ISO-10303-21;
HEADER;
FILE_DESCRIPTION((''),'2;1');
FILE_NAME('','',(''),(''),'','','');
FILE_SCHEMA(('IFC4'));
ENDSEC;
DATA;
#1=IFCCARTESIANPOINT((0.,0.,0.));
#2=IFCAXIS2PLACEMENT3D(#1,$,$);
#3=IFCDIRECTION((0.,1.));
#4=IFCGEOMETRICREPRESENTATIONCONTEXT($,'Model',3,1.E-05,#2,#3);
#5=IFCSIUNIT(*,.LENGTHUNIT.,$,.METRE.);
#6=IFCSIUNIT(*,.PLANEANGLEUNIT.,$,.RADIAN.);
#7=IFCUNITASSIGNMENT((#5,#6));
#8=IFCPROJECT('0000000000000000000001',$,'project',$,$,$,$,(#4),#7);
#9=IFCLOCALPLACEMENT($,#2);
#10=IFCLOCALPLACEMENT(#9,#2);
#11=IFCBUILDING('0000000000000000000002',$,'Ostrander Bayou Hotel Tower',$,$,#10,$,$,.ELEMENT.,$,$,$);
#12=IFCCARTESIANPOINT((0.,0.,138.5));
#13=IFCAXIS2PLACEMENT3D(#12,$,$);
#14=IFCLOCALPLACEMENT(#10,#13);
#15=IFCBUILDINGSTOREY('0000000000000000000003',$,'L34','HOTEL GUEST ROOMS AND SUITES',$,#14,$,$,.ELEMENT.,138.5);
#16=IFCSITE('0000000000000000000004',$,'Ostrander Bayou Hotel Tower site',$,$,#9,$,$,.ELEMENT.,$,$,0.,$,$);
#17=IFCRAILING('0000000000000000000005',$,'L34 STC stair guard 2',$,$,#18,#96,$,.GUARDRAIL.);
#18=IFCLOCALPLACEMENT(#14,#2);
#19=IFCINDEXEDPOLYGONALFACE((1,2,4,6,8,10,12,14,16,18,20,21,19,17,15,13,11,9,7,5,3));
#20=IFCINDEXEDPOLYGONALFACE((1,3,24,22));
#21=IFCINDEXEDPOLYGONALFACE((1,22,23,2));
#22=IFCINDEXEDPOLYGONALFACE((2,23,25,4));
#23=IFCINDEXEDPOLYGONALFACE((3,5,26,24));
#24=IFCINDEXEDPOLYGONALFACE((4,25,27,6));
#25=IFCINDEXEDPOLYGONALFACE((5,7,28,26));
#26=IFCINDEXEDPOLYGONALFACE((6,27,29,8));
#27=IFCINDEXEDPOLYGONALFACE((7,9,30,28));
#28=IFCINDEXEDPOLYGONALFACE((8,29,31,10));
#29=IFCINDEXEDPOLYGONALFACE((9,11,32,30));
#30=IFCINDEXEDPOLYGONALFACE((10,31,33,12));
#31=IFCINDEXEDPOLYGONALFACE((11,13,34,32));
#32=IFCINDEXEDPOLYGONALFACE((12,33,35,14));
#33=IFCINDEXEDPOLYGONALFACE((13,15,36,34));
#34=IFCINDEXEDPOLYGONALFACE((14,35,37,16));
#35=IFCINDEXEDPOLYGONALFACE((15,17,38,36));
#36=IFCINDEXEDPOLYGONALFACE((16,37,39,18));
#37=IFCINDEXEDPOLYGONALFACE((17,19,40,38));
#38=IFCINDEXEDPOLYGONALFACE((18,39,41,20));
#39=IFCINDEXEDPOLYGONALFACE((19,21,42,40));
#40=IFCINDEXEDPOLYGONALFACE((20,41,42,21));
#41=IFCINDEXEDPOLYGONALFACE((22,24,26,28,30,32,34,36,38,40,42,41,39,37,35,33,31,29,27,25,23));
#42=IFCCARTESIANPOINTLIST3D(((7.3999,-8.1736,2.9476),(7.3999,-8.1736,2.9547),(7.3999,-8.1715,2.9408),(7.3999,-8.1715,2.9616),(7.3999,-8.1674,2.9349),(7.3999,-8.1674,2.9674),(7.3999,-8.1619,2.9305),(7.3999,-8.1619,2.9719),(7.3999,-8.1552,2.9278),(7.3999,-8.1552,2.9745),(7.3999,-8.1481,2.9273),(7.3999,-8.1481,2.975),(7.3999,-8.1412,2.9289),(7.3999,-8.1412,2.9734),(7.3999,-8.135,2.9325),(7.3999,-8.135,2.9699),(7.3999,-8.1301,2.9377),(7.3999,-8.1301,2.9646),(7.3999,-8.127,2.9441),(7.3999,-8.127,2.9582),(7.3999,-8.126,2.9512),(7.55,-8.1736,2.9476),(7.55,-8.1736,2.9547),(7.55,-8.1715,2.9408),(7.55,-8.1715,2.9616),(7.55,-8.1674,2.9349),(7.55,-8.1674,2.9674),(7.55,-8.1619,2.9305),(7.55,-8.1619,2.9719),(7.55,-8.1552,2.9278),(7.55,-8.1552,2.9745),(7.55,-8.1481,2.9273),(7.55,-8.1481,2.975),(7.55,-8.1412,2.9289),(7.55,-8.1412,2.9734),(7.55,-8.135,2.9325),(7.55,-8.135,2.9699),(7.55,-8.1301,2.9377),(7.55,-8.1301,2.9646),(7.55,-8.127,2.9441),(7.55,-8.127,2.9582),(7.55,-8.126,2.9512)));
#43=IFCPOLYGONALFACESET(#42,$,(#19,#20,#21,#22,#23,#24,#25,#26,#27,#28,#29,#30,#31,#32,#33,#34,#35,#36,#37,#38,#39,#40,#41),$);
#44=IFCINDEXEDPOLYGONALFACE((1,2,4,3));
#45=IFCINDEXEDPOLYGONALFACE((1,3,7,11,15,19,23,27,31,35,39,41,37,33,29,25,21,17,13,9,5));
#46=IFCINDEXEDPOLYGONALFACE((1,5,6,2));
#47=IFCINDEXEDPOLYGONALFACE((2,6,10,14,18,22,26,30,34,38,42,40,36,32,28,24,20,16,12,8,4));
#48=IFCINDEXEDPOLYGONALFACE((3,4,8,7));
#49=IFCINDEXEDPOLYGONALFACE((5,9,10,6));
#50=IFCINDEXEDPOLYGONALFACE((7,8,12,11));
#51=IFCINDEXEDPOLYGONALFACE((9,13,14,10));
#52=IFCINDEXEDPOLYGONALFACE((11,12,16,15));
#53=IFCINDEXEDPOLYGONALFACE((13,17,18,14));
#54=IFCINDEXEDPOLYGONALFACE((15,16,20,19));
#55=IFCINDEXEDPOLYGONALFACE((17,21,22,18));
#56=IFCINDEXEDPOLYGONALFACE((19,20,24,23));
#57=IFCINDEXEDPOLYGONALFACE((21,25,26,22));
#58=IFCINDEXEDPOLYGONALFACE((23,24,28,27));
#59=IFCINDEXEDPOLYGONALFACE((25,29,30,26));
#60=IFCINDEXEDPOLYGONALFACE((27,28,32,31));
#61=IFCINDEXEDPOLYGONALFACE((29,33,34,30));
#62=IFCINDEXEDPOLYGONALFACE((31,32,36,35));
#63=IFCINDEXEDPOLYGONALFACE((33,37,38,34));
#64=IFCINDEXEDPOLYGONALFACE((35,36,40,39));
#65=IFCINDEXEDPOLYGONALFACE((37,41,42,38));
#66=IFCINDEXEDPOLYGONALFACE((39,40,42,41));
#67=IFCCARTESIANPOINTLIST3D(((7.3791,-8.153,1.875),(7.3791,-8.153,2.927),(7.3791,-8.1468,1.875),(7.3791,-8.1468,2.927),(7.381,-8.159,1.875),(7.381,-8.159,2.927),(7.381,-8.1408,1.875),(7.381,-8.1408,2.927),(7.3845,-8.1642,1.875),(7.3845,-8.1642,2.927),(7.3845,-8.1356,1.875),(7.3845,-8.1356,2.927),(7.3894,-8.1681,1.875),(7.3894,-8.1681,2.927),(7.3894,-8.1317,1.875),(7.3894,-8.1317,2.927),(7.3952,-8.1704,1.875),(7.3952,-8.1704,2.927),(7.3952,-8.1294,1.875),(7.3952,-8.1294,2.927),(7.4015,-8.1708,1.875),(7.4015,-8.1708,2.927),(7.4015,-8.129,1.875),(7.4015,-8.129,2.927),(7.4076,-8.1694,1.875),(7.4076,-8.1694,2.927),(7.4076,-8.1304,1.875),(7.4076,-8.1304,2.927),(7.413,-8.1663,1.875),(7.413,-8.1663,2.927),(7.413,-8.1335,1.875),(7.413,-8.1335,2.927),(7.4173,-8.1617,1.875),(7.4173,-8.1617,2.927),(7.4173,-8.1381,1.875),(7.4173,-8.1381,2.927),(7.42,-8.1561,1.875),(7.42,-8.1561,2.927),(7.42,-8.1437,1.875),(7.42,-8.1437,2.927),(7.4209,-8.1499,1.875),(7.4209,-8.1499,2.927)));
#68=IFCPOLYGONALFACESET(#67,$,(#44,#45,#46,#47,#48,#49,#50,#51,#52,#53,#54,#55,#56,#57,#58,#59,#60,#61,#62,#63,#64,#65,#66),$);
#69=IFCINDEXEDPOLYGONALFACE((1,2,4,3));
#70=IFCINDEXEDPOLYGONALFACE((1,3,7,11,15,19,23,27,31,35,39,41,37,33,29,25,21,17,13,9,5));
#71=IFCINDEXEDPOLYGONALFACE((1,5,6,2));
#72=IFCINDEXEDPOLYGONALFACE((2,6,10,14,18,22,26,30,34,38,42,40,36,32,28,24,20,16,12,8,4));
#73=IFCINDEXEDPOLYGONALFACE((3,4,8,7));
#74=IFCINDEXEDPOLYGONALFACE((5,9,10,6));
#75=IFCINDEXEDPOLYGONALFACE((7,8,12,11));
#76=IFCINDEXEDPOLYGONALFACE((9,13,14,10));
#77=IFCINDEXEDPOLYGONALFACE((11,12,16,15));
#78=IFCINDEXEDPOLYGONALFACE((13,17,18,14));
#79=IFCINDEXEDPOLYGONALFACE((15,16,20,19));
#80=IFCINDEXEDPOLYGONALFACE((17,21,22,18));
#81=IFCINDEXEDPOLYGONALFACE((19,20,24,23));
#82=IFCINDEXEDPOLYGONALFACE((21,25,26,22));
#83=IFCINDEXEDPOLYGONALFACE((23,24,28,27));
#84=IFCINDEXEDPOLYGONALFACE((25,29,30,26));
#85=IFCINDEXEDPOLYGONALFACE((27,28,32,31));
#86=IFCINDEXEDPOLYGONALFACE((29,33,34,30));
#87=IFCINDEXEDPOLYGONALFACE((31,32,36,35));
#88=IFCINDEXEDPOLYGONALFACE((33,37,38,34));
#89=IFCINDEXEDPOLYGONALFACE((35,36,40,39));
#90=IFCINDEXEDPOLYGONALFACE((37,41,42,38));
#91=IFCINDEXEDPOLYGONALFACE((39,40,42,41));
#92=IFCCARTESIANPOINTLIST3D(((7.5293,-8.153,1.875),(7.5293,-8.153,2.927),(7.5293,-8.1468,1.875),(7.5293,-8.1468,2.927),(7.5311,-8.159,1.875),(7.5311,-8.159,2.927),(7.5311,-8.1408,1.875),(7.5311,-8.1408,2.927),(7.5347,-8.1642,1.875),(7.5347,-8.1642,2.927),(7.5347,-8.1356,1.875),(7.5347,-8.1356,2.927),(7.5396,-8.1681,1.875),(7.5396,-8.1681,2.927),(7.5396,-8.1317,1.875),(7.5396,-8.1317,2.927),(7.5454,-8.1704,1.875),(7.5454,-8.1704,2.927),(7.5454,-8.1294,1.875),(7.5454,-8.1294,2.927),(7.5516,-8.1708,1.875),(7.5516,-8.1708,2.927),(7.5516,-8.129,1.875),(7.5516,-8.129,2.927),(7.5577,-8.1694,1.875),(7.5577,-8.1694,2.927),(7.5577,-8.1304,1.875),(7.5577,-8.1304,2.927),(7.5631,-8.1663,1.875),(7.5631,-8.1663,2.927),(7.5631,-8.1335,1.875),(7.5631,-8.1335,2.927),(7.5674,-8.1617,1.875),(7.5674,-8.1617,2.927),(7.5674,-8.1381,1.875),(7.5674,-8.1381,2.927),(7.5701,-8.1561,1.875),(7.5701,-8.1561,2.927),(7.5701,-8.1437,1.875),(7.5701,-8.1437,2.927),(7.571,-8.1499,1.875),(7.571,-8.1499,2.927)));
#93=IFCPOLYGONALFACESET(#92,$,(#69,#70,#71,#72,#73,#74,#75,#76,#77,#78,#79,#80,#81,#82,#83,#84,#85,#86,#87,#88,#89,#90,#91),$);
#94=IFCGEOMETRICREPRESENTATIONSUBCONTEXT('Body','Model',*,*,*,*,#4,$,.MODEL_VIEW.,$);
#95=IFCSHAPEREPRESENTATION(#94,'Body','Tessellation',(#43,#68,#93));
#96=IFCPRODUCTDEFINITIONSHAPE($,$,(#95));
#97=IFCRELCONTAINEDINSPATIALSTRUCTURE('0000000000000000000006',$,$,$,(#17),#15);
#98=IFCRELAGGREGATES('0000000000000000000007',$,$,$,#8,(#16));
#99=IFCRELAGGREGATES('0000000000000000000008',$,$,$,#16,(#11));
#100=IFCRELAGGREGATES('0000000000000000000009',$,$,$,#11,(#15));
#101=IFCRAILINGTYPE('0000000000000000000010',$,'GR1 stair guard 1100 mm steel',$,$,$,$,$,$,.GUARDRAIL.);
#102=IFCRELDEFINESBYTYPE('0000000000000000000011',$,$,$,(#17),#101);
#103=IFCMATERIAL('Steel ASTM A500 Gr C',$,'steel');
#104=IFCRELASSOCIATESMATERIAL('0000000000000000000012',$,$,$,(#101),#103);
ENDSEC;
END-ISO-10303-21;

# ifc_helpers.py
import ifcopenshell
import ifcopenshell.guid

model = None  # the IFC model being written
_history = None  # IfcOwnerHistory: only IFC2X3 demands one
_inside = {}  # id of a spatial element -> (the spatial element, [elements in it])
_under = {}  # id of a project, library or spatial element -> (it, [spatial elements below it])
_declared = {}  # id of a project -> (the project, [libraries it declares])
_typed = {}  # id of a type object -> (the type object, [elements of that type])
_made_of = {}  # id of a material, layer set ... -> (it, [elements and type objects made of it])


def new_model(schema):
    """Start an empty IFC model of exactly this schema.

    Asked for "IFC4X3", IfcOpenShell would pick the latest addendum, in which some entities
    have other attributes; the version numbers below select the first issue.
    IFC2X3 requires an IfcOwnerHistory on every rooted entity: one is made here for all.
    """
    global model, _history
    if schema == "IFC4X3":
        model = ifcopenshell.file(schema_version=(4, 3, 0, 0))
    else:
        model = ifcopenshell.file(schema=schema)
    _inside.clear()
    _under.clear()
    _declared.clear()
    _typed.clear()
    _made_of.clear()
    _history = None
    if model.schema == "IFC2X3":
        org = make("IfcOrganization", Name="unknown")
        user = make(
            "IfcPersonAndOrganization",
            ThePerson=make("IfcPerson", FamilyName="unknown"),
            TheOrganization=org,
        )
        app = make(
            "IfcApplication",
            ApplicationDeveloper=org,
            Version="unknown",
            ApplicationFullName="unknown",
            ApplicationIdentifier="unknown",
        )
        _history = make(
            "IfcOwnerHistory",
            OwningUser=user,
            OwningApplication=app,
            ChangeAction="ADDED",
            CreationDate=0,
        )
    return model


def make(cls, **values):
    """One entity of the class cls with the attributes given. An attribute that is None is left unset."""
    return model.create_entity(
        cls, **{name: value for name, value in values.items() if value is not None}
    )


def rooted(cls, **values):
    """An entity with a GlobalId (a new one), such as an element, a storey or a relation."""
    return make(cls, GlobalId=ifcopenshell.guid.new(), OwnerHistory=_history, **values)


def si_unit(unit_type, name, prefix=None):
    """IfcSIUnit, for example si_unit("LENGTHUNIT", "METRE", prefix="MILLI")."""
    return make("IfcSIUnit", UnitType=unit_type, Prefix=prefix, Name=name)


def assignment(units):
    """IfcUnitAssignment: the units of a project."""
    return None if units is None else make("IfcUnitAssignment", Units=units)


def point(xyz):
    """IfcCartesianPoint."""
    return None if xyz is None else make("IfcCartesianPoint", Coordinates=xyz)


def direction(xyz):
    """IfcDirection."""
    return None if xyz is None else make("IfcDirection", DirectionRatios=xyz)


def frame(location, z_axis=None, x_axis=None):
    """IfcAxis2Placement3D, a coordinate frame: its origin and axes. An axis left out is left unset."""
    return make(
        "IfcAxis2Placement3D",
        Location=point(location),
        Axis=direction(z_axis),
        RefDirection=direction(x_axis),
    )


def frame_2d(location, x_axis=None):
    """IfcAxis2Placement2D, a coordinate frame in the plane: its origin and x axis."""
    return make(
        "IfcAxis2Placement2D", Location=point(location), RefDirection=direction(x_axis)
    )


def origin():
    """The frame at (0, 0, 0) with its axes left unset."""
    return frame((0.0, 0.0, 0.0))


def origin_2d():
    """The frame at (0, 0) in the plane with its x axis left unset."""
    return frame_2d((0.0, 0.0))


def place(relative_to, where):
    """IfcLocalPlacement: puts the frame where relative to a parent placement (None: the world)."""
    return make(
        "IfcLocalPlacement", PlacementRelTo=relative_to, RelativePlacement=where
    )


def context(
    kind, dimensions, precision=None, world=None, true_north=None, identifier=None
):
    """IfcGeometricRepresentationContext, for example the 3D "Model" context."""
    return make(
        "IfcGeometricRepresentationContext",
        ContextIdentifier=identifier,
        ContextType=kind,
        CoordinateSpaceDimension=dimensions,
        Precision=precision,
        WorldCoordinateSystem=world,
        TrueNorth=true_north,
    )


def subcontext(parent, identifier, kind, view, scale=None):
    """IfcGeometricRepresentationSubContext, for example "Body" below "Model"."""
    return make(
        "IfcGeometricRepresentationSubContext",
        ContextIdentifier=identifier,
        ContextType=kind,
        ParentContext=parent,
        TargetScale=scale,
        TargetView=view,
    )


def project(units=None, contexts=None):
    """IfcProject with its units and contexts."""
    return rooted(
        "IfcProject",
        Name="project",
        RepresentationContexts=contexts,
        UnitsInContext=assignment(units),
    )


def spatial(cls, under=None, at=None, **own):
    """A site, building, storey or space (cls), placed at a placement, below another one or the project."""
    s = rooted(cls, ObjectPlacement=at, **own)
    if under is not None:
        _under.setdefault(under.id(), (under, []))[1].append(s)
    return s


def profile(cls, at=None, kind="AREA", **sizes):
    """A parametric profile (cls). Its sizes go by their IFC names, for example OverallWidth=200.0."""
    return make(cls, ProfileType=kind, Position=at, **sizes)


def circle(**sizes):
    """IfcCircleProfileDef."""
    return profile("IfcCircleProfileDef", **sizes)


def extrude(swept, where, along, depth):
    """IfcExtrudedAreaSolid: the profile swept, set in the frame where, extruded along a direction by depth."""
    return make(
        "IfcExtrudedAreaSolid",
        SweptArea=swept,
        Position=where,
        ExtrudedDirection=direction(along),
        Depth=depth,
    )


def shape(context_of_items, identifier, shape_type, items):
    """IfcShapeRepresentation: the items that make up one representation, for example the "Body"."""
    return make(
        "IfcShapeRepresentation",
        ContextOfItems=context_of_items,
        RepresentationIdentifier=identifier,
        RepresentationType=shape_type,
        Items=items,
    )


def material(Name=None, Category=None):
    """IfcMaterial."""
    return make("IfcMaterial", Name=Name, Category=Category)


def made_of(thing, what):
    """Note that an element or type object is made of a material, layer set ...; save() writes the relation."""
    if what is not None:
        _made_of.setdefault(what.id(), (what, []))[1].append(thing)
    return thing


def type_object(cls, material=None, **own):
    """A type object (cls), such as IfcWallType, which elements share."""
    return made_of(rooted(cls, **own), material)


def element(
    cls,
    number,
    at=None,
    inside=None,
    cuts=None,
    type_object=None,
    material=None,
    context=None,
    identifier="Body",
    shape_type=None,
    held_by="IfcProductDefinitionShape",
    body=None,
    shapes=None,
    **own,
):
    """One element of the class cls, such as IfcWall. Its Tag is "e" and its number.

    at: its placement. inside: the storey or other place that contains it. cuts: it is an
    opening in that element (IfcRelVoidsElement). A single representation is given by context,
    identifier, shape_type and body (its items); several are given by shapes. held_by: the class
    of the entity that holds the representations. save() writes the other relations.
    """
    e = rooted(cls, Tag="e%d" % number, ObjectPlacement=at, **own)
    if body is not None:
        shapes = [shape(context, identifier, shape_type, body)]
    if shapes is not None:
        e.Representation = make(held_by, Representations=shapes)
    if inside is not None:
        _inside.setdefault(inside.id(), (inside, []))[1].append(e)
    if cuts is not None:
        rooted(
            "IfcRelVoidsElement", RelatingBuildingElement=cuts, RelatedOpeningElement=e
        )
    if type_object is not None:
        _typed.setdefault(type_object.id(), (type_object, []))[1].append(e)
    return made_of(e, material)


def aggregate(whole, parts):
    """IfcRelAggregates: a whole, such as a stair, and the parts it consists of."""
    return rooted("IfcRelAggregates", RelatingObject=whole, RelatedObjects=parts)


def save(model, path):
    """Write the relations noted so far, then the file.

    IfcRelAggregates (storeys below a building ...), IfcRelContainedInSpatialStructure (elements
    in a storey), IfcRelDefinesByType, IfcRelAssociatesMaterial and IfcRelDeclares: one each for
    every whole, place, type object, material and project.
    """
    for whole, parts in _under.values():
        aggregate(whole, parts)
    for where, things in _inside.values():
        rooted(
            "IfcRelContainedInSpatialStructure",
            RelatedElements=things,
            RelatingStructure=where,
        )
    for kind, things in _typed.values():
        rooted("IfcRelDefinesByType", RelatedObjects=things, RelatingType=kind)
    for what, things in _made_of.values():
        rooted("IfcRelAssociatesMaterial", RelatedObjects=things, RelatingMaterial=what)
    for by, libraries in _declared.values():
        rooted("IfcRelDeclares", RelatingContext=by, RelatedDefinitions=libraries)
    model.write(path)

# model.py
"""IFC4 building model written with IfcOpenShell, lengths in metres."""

from ifc_helpers import new_model, si_unit, direction, frame, origin, origin_2d, place, context, subcontext, project, spatial, circle, extrude, material, type_object, element, save


model = new_model("IFC4")

# Units and contexts
model_context = context("Model", 3, precision=1e-05, world=origin(), true_north=direction((0.0, 1.0)))
body_context = subcontext(model_context, "Body", "Model", "MODEL_VIEW")
ifc_project = project(units=[si_unit("LENGTHUNIT", "METRE"), si_unit("PLANEANGLEUNIT", "RADIAN")], contexts=[model_context])

# Site, building, storey
site_placement = place(None, origin())
site = spatial("IfcSite", under=ifc_project, at=site_placement, Name="Ostrander Bayou Hotel Tower site", CompositionType="ELEMENT", RefElevation=0.0)
building_placement = place(site_placement, origin())
building = spatial("IfcBuilding", under=site, at=building_placement, Name="Ostrander Bayou Hotel Tower", CompositionType="ELEMENT")
storey_placement = place(building_placement, frame((0.0, 0.0, 138.5)))
storey = spatial("IfcBuildingStorey", under=building, at=storey_placement, Name="L34", Description="HOTEL GUEST ROOMS AND SUITES", CompositionType="ELEMENT", Elevation=138.5)

# Railing
ifc_material_1 = material(Name="Steel ASTM A500 Gr C", Category="steel")
railing_type_1 = type_object("IfcRailingType", Name="GR1 stair guard 1100 mm steel", PredefinedType="GUARDRAIL", material=ifc_material_1)
railing_1_placement = place(storey_placement, frame((7.3999, -8.1499, 1.875)))
element("IfcRailing", 1, at=railing_1_placement, inside=storey, type_object=railing_type_1, Name="L34 STC stair guard 2", PredefinedType="GUARDRAIL", context=body_context, shape_type="SweptSolid", body=[
    extrude(circle(Radius=0.0239, at=origin_2d()), frame((0.0, 0.0, 1.0762), z_axis=(1.0, 0.0, 0.0), x_axis=(0.0, 1.0, 0.0)), (0.0, 0.0, 1.0), 0.1501),
    extrude(circle(Radius=0.021, at=origin_2d()), origin(), (0.0, 0.0, 1.0), 1.052),
    extrude(circle(Radius=0.021, at=origin_2d()), frame((0.1501, 0.0, 0.0)), (0.0, 0.0, 1.0), 1.052),
])

save(model, "model.ifc")
